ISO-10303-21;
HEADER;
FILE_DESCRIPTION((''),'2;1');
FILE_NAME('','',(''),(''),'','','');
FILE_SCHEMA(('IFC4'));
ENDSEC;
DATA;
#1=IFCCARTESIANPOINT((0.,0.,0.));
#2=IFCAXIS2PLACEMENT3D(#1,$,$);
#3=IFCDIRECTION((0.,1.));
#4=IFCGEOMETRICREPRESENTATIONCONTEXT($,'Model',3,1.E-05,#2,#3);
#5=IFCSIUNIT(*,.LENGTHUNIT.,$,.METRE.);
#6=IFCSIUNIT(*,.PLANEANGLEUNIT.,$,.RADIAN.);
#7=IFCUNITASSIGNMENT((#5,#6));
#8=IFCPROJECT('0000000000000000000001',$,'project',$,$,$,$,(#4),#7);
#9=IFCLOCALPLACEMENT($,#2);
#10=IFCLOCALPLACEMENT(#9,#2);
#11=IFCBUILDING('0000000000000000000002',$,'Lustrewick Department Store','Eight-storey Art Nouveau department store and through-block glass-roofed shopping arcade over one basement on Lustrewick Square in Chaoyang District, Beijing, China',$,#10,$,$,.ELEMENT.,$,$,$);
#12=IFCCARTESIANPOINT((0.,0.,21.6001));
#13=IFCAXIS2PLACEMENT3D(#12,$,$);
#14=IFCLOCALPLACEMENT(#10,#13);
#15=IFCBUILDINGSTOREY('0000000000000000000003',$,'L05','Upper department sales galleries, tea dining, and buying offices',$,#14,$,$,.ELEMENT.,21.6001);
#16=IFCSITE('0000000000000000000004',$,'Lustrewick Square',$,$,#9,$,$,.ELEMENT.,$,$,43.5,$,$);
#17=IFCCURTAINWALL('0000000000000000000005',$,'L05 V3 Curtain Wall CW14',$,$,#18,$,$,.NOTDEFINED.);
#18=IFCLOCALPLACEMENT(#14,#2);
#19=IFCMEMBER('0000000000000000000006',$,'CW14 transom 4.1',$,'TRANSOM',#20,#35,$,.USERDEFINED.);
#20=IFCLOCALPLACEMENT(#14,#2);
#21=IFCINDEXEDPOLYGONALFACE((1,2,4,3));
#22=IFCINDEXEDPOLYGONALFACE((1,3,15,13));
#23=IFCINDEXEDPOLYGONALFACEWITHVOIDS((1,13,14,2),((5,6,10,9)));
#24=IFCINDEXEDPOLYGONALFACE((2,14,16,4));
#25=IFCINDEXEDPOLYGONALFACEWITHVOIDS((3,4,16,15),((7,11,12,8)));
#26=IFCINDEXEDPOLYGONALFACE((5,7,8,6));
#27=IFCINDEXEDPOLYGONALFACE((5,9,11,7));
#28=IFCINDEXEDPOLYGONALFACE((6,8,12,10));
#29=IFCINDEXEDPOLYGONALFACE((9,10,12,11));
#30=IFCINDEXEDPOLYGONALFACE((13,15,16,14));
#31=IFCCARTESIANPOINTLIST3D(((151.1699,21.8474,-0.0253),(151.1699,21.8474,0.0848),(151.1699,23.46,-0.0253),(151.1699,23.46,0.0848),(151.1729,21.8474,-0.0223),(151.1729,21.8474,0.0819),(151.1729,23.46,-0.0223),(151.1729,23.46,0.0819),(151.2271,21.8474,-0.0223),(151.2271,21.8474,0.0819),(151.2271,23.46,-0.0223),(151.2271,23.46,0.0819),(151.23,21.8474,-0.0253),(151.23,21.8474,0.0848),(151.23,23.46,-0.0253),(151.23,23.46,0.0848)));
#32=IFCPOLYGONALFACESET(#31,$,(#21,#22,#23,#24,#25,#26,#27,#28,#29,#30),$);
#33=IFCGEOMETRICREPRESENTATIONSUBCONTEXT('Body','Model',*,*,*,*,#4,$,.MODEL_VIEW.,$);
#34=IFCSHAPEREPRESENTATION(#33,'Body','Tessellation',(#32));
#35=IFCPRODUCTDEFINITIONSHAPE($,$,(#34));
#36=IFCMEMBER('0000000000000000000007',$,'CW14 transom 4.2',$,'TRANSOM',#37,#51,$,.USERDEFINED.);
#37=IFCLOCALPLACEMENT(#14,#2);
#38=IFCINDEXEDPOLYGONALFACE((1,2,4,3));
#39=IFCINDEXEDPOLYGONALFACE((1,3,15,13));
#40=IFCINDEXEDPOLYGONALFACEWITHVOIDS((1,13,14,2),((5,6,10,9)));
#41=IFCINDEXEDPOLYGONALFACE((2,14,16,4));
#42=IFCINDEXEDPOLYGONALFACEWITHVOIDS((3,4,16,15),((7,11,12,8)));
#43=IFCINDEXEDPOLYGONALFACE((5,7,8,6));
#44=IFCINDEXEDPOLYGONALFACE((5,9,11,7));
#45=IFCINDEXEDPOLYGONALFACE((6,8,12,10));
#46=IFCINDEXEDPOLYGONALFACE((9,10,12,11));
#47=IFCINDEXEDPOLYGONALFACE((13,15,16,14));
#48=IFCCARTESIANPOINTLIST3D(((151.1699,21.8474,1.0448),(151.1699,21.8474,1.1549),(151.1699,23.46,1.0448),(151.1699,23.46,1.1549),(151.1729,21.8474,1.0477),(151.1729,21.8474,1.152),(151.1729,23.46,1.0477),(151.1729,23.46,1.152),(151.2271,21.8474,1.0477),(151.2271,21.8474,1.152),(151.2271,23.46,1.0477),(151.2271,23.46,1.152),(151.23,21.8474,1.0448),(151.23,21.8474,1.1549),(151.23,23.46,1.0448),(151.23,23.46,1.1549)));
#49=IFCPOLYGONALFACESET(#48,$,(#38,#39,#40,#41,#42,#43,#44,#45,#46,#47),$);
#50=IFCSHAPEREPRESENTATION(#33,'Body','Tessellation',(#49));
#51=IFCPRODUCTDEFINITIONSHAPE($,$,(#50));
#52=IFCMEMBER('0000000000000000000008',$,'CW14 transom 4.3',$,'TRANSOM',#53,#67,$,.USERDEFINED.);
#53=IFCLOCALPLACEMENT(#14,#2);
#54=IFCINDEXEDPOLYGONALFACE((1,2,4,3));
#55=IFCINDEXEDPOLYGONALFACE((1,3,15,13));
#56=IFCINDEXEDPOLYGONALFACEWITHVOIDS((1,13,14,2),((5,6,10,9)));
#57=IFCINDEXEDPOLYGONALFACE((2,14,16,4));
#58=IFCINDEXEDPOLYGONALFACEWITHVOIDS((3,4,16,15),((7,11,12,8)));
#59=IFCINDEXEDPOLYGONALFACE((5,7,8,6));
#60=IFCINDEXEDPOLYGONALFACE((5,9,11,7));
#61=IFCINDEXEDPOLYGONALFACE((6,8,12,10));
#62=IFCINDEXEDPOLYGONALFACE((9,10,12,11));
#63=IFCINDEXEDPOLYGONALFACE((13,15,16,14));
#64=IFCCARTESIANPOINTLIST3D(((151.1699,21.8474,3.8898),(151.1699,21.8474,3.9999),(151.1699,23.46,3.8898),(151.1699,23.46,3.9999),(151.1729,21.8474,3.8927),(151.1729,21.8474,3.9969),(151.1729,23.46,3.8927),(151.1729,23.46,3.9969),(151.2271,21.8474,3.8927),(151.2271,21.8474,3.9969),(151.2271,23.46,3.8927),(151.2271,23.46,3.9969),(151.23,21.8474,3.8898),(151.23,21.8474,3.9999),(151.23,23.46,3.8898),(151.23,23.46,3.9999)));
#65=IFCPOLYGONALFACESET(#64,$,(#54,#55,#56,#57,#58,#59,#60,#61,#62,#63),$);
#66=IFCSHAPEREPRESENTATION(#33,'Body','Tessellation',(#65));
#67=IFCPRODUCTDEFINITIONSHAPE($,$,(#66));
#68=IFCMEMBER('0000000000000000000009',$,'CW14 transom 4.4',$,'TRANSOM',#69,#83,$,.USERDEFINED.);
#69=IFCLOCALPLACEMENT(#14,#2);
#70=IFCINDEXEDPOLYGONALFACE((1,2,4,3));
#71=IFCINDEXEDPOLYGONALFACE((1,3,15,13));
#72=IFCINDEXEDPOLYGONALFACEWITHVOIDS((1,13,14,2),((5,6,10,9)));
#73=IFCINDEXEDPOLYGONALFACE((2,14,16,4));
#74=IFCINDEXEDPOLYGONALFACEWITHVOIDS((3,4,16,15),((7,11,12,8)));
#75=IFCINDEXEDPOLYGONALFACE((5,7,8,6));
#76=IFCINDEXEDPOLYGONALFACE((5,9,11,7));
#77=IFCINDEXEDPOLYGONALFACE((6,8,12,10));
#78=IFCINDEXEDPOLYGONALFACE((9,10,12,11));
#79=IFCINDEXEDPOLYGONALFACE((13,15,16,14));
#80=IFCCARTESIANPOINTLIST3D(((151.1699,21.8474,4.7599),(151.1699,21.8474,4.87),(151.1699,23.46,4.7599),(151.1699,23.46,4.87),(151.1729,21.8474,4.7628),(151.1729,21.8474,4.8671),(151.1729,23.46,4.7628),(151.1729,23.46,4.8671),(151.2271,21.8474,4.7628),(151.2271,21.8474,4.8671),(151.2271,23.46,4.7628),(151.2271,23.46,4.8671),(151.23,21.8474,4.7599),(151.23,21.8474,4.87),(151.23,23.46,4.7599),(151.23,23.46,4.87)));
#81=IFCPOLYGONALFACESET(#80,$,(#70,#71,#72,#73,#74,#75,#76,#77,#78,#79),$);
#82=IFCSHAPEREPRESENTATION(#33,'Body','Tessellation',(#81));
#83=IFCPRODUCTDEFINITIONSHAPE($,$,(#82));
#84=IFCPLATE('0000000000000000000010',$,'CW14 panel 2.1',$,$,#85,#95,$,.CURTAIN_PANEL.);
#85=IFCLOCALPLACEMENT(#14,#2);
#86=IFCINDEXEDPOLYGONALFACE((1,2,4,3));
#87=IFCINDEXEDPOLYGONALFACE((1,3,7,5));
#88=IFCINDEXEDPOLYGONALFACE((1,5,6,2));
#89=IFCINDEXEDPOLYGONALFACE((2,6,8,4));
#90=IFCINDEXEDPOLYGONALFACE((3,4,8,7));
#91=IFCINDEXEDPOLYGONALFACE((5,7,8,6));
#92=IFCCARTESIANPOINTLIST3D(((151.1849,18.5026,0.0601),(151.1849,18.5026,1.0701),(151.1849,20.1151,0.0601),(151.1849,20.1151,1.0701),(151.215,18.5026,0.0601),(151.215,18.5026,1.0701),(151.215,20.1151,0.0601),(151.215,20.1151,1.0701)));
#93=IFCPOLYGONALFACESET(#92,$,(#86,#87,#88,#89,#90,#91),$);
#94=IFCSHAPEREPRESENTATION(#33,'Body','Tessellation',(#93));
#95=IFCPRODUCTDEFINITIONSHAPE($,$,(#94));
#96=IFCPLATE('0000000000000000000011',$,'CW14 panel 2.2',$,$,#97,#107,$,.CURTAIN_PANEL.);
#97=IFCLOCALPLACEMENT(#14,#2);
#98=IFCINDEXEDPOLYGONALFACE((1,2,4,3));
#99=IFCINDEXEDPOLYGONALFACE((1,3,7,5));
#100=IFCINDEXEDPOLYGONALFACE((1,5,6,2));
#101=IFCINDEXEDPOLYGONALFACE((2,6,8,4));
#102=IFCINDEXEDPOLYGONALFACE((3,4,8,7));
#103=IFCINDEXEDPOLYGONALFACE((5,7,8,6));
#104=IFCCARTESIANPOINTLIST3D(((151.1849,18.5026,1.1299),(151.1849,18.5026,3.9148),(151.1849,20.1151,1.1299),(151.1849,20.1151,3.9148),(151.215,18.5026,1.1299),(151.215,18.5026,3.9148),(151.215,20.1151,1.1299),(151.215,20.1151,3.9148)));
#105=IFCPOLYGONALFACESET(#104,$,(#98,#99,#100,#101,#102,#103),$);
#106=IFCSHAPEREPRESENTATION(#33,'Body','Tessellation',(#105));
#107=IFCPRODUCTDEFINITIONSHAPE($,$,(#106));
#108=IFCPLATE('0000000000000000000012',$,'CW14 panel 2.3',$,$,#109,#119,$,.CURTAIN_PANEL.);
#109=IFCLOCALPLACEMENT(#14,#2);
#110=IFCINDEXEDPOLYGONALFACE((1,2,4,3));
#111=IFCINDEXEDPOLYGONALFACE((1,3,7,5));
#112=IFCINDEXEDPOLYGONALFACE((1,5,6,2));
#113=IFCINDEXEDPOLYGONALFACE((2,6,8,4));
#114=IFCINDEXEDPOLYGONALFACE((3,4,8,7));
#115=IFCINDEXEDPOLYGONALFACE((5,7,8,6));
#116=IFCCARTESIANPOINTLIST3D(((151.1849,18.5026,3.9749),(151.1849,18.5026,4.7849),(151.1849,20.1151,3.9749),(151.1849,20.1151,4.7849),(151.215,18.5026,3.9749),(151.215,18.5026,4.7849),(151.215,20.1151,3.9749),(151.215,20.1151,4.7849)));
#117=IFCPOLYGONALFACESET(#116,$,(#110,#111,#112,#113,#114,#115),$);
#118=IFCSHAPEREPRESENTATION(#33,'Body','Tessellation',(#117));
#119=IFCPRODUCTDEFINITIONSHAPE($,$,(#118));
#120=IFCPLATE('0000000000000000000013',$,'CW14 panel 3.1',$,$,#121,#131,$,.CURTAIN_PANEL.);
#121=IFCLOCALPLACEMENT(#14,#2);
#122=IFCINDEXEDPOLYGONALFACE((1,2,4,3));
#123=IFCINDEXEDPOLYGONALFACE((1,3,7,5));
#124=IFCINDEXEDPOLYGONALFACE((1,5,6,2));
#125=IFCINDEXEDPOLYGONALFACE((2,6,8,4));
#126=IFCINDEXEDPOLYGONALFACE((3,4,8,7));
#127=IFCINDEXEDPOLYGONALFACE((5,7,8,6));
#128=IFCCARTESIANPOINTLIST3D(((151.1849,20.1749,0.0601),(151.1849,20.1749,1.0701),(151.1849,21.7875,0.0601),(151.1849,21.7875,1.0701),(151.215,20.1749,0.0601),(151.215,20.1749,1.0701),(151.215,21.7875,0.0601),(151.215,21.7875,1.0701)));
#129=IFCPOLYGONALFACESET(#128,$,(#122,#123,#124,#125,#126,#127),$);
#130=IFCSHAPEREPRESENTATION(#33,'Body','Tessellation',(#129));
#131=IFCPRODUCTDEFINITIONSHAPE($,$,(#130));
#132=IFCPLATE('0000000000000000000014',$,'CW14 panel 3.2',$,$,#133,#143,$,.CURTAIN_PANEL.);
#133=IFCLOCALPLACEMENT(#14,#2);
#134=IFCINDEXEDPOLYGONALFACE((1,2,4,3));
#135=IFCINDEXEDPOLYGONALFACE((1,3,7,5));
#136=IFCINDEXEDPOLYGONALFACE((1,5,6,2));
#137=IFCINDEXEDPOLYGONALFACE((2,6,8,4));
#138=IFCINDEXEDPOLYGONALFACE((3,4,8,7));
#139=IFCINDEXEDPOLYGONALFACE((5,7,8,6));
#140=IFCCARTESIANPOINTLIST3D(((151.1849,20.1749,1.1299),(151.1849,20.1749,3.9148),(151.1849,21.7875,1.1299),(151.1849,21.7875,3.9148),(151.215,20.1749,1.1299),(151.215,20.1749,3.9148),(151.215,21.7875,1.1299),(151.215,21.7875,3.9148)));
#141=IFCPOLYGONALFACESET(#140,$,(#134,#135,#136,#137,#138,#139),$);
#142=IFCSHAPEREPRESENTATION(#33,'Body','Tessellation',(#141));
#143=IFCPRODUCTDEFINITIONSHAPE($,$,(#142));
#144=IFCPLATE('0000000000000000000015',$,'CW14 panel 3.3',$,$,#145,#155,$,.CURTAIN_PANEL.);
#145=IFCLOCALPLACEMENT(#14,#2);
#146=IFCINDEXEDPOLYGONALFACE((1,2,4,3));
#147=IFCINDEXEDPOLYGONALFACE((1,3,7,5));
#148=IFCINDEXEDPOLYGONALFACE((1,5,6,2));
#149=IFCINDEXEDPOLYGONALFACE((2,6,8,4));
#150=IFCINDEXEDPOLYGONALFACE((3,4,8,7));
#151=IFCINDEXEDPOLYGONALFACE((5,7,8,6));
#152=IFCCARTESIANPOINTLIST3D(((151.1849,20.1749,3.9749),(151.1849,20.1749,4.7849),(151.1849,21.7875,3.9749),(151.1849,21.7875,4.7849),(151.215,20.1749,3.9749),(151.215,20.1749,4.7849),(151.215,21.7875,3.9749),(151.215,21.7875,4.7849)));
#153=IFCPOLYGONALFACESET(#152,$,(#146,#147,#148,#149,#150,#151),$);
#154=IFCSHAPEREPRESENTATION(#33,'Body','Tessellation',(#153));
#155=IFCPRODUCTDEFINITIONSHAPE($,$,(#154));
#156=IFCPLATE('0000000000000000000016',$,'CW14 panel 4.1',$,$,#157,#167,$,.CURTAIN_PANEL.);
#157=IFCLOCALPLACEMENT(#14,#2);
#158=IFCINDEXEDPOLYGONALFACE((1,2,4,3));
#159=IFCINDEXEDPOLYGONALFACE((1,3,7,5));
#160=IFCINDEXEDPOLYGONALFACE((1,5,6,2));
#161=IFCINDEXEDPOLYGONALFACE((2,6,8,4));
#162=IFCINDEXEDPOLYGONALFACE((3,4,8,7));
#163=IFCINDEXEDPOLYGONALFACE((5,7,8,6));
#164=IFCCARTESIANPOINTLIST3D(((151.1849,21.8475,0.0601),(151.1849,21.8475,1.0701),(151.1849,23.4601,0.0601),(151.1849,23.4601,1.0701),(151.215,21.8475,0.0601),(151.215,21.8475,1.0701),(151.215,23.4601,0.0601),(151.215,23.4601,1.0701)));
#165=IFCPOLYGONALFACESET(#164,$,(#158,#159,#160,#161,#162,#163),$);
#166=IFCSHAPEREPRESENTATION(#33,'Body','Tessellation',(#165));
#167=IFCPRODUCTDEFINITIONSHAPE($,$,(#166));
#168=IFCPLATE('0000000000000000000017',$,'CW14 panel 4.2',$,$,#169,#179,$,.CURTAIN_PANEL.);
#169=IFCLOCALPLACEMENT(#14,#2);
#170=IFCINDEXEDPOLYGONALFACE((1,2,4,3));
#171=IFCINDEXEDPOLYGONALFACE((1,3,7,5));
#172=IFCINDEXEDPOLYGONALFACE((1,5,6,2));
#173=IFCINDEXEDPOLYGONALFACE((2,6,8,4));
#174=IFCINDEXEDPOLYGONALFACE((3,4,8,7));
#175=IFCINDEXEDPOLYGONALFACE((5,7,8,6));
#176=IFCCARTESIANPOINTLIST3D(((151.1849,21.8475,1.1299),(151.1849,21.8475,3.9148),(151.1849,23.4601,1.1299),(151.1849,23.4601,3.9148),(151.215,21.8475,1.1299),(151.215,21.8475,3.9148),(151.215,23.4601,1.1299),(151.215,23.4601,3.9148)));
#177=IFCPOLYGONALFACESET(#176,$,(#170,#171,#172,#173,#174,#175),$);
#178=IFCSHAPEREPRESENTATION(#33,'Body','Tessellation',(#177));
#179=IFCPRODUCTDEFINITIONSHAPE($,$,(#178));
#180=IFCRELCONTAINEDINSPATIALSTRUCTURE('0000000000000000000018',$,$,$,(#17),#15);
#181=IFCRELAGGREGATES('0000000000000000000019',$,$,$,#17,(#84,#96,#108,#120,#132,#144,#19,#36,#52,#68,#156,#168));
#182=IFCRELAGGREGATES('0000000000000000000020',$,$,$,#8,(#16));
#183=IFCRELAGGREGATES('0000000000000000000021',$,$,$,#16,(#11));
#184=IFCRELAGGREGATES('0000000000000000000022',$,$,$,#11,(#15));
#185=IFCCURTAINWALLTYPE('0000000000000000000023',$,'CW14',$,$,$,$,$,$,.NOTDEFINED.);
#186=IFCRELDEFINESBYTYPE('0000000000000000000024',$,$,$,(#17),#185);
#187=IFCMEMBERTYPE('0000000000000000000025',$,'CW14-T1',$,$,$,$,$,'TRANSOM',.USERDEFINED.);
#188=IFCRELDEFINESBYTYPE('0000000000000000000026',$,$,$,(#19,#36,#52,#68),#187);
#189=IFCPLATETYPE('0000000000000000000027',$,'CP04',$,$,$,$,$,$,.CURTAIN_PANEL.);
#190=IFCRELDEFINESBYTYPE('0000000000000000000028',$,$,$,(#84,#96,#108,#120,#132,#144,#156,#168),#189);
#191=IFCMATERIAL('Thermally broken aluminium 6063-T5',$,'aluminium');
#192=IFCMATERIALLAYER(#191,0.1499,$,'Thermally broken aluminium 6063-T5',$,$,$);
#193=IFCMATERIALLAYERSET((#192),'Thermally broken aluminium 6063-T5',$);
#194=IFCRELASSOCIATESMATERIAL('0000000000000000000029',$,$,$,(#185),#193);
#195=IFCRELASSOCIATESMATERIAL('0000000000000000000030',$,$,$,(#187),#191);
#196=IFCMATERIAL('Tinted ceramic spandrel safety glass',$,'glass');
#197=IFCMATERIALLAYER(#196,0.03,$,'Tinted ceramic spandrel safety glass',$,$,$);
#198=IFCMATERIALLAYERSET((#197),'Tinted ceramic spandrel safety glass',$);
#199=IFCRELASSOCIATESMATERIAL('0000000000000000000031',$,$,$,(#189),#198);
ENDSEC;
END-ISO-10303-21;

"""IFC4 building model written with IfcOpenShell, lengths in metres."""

from ifc_helpers import new_model, si_unit, direction, frame, origin, origin_2d, place, context, subcontext, project, spatial, rectangle, hollow_rectangle, extrude, material, layer, layer_set, material_profile, profile_set, type_object, element, aggregate, save


model = new_model("IFC4")

# Units and contexts
model_context = context("Model", 3, precision=1e-05, world=origin(), true_north=direction((0.0, 1.0)))
body_context = subcontext(model_context, "Body", "Model", "MODEL_VIEW")
ifc_project = project(units=[si_unit("LENGTHUNIT", "METRE"), si_unit("PLANEANGLEUNIT", "RADIAN")], contexts=[model_context])

# Site, building, storey
site_placement = place(None, origin())
site = spatial("IfcSite", under=ifc_project, at=site_placement, Name="Lustrewick Square", CompositionType="ELEMENT", RefElevation=43.5)
building_placement = place(site_placement, origin())
building = spatial("IfcBuilding", under=site, at=building_placement, Name="Lustrewick Department Store", Description="Eight-storey Art Nouveau department store and through-block glass-roofed shopping arcade over one basement on Lustrewick Square in Chaoyang District, Beijing, China", CompositionType="ELEMENT")
storey_placement = place(building_placement, frame((0.0, 0.0, 21.6001)))
storey = spatial("IfcBuildingStorey", under=building, at=storey_placement, Name="L05", Description="Upper department sales galleries, tea dining, and buying offices", CompositionType="ELEMENT", Elevation=21.6001)

# Curtain wall, members, plates
ifc_material_1 = material(Name="Thermally broken aluminium 6063-T5", Category="aluminium")
ifc_layer_1 = layer(ifc_material_1, 0.1499, Name="Thermally broken aluminium 6063-T5")
ifc_layer_set_1 = layer_set([ifc_layer_1], Name="Thermally broken aluminium 6063-T5")
curtain_wall_type = type_object("IfcCurtainWallType", Name="CW14", PredefinedType="NOTDEFINED", material=ifc_layer_set_1)
curtain_wall_placement = place(storey_placement, origin())
curtain_wall = element("IfcCurtainWall", 1, at=curtain_wall_placement, inside=storey, type_object=curtain_wall_type, Name="L05 V3 Curtain Wall CW14", PredefinedType="NOTDEFINED")
ifc_material_profile_1 = material_profile(ifc_material_1, hollow_rectangle(XDim=0.0601, YDim=0.1101, WallThickness=0.0029, at=origin_2d()), Name="ALU-T 60x110x3")
ifc_profile_set_1 = profile_set([ifc_material_profile_1], Name="Thermally broken aluminium 6063-T5")
member_type_1 = type_object("IfcMemberType", Name="CW14-T1", ElementType="TRANSOM", PredefinedType="USERDEFINED", material=ifc_profile_set_1)
member_1_placement = place(storey_placement, frame((151.2, 21.8474, 0.0298), z_axis=(0.0, 1.0, 0.0), x_axis=(-1.0, 0.0, 0.0)))
member_1 = element("IfcMember", 2, at=member_1_placement, type_object=member_type_1, Name="CW14 transom 4.1", ObjectType="TRANSOM", PredefinedType="USERDEFINED", context=body_context, shape_type="SweptSolid", body=[
    extrude(hollow_rectangle(XDim=0.0601, YDim=0.1101, WallThickness=0.0029, at=origin_2d()), origin(), (0.0, 0.0, 1.0), 1.6125),
])
member_2_placement = place(storey_placement, frame((151.2, 21.8474, 1.0999), z_axis=(0.0, 1.0, 0.0), x_axis=(-1.0, 0.0, 0.0)))
member_2 = element("IfcMember", 3, at=member_2_placement, type_object=member_type_1, Name="CW14 transom 4.2", ObjectType="TRANSOM", PredefinedType="USERDEFINED", context=body_context, shape_type="SweptSolid", body=[
    extrude(hollow_rectangle(XDim=0.0601, YDim=0.1101, WallThickness=0.0029, at=origin_2d()), origin(), (0.0, 0.0, 1.0), 1.6125),
])
member_3_placement = place(storey_placement, frame((151.2, 21.8474, 3.9448), z_axis=(0.0, 1.0, 0.0), x_axis=(-1.0, 0.0, 0.0)))
member_3 = element("IfcMember", 4, at=member_3_placement, type_object=member_type_1, Name="CW14 transom 4.3", ObjectType="TRANSOM", PredefinedType="USERDEFINED", context=body_context, shape_type="SweptSolid", body=[
    extrude(hollow_rectangle(XDim=0.0601, YDim=0.1101, WallThickness=0.0029, at=origin_2d()), origin(), (0.0, 0.0, 1.0), 1.6125),
])
member_4_placement = place(storey_placement, frame((151.2, 21.8474, 4.8149), z_axis=(0.0, 1.0, 0.0), x_axis=(-1.0, 0.0, 0.0)))
member_4 = element("IfcMember", 5, at=member_4_placement, type_object=member_type_1, Name="CW14 transom 4.4", ObjectType="TRANSOM", PredefinedType="USERDEFINED", context=body_context, shape_type="SweptSolid", body=[
    extrude(hollow_rectangle(XDim=0.0601, YDim=0.1101, WallThickness=0.0029, at=origin_2d()), origin(), (0.0, 0.0, 1.0), 1.6125),
])
ifc_material_2 = material(Name="Tinted ceramic spandrel safety glass", Category="glass")
ifc_layer_2 = layer(ifc_material_2, 0.03, Name="Tinted ceramic spandrel safety glass")
ifc_layer_set_2 = layer_set([ifc_layer_2], Name="Tinted ceramic spandrel safety glass")
plate_type = type_object("IfcPlateType", Name="CP04", PredefinedType="CURTAIN_PANEL", material=ifc_layer_set_2)
plate_1_placement = place(storey_placement, frame((151.2, 19.3088, 0.0601), z_axis=(0.0, 0.0, 1.0), x_axis=(0.0, 1.0, 0.0)))
plate_1 = element("IfcPlate", 6, at=plate_1_placement, type_object=plate_type, Name="CW14 panel 2.1", PredefinedType="CURTAIN_PANEL", context=body_context, shape_type="SweptSolid", body=[
    extrude(rectangle(XDim=1.6125, YDim=0.03, at=origin_2d()), origin(), (0.0, 0.0, 1.0), 1.01),
])
plate_2_placement = place(storey_placement, frame((151.2, 19.3088, 1.1299), z_axis=(0.0, 0.0, 1.0), x_axis=(0.0, 1.0, 0.0)))
plate_2 = element("IfcPlate", 7, at=plate_2_placement, type_object=plate_type, Name="CW14 panel 2.2", PredefinedType="CURTAIN_PANEL", context=body_context, shape_type="SweptSolid", body=[
    extrude(rectangle(XDim=1.6125, YDim=0.03, at=origin_2d()), origin(), (0.0, 0.0, 1.0), 2.7849),
])
plate_3_placement = place(storey_placement, frame((151.2, 19.3088, 3.9749), z_axis=(0.0, 0.0, 1.0), x_axis=(0.0, 1.0, 0.0)))
plate_3 = element("IfcPlate", 8, at=plate_3_placement, type_object=plate_type, Name="CW14 panel 2.3", PredefinedType="CURTAIN_PANEL", context=body_context, shape_type="SweptSolid", body=[
    extrude(rectangle(XDim=1.6125, YDim=0.03, at=origin_2d()), origin(), (0.0, 0.0, 1.0), 0.8101),
])
plate_4_placement = place(storey_placement, frame((151.2, 20.9812, 0.0601), z_axis=(0.0, 0.0, 1.0), x_axis=(0.0, 1.0, 0.0)))
plate_4 = element("IfcPlate", 9, at=plate_4_placement, type_object=plate_type, Name="CW14 panel 3.1", PredefinedType="CURTAIN_PANEL", context=body_context, shape_type="SweptSolid", body=[
    extrude(rectangle(XDim=1.6125, YDim=0.03, at=origin_2d()), origin(), (0.0, 0.0, 1.0), 1.01),
])
plate_5_placement = place(storey_placement, frame((151.2, 20.9812, 1.1299), z_axis=(0.0, 0.0, 1.0), x_axis=(0.0, 1.0, 0.0)))
plate_5 = element("IfcPlate", 10, at=plate_5_placement, type_object=plate_type, Name="CW14 panel 3.2", PredefinedType="CURTAIN_PANEL", context=body_context, shape_type="SweptSolid", body=[
    extrude(rectangle(XDim=1.6125, YDim=0.03, at=origin_2d()), origin(), (0.0, 0.0, 1.0), 2.7849),
])
plate_6_placement = place(storey_placement, frame((151.2, 20.9812, 3.9749), z_axis=(0.0, 0.0, 1.0), x_axis=(0.0, 1.0, 0.0)))
plate_6 = element("IfcPlate", 11, at=plate_6_placement, type_object=plate_type, Name="CW14 panel 3.3", PredefinedType="CURTAIN_PANEL", context=body_context, shape_type="SweptSolid", body=[
    extrude(rectangle(XDim=1.6125, YDim=0.03, at=origin_2d()), origin(), (0.0, 0.0, 1.0), 0.8101),
])
plate_7_placement = place(storey_placement, frame((151.2, 22.6538, 0.0601), z_axis=(0.0, 0.0, 1.0), x_axis=(0.0, 1.0, 0.0)))
plate_7 = element("IfcPlate", 12, at=plate_7_placement, type_object=plate_type, Name="CW14 panel 4.1", PredefinedType="CURTAIN_PANEL", context=body_context, shape_type="SweptSolid", body=[
    extrude(rectangle(XDim=1.6125, YDim=0.03, at=origin_2d()), origin(), (0.0, 0.0, 1.0), 1.01),
])
plate_8_placement = place(storey_placement, frame((151.2, 22.6538, 1.1299), z_axis=(0.0, 0.0, 1.0), x_axis=(0.0, 1.0, 0.0)))
plate_8 = element("IfcPlate", 13, at=plate_8_placement, type_object=plate_type, Name="CW14 panel 4.2", PredefinedType="CURTAIN_PANEL", context=body_context, shape_type="SweptSolid", body=[
    extrude(rectangle(XDim=1.6125, YDim=0.03, at=origin_2d()), origin(), (0.0, 0.0, 1.0), 2.7849),
])
aggregate(curtain_wall, [plate_1, plate_2, plate_3, plate_4, plate_5, plate_6, member_1, member_2, member_3, member_4, plate_7, plate_8])

save(model, "model.ifc")
